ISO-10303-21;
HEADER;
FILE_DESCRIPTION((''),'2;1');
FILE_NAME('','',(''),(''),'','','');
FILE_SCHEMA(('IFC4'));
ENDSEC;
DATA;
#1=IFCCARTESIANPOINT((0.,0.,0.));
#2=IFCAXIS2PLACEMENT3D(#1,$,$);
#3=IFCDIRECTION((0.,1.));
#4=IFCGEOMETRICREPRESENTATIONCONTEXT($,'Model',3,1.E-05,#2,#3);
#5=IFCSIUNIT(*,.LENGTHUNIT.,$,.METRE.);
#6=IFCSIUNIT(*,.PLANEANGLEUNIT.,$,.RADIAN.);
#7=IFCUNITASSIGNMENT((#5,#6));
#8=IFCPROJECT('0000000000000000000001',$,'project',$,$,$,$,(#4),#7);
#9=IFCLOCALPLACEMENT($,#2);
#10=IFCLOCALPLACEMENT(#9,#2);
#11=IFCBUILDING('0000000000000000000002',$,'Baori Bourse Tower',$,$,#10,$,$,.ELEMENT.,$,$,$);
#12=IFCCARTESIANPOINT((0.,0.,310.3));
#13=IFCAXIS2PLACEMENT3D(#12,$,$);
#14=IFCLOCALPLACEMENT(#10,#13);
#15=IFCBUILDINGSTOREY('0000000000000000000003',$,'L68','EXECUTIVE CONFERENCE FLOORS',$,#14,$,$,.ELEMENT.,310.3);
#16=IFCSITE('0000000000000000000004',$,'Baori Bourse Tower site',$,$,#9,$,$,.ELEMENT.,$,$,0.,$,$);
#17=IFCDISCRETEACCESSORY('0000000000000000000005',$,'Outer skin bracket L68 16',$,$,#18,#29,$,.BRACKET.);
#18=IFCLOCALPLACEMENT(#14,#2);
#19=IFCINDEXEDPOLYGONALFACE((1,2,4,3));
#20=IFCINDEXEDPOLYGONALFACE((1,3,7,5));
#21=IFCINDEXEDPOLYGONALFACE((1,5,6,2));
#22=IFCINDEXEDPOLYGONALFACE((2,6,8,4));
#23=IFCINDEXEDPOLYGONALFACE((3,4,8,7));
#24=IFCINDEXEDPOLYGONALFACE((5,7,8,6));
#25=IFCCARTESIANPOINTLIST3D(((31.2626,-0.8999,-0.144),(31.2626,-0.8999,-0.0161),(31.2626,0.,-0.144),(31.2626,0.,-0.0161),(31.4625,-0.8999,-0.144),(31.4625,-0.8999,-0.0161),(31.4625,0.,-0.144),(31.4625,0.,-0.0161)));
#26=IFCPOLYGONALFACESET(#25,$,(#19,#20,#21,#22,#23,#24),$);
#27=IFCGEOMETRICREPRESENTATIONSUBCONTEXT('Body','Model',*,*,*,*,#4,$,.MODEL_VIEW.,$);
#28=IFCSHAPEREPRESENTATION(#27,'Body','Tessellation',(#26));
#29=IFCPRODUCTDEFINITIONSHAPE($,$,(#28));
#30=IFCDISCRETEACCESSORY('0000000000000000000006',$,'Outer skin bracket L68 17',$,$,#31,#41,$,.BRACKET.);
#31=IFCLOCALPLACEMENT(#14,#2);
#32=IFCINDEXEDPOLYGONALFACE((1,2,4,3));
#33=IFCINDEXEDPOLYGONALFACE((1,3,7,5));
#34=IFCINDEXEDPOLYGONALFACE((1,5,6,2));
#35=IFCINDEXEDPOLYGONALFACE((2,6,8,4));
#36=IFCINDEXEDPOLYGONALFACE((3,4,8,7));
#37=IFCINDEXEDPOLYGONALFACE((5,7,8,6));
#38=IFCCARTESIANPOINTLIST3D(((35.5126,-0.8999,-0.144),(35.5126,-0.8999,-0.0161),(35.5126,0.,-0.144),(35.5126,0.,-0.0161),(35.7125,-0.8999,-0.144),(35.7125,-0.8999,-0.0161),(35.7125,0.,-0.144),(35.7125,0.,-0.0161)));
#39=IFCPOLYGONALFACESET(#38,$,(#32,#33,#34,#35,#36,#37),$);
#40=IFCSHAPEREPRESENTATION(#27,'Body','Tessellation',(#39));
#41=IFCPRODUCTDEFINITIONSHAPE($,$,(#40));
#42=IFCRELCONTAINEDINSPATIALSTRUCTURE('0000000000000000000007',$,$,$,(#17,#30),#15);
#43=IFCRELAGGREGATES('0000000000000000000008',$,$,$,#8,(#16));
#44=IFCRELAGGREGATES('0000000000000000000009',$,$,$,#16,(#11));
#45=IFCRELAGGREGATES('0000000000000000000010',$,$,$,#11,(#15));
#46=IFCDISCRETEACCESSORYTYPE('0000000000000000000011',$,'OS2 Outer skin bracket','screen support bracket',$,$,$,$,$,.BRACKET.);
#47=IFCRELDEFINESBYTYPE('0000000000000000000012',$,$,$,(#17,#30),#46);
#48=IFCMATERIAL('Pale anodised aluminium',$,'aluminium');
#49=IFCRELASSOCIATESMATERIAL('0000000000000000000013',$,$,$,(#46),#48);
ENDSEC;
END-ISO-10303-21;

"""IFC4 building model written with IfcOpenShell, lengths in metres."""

from ifc_helpers import new_model, si_unit, direction, frame, origin, origin_2d, place, context, subcontext, project, spatial, rectangle, extrude, material, type_object, element, save


model = new_model("IFC4")

# Units and contexts
model_context = context("Model", 3, precision=1e-05, world=origin(), true_north=direction((0.0, 1.0)))
body_context = subcontext(model_context, "Body", "Model", "MODEL_VIEW")
ifc_project = project(units=[si_unit("LENGTHUNIT", "METRE"), si_unit("PLANEANGLEUNIT", "RADIAN")], contexts=[model_context])

# Site, building, storey
site_placement = place(None, origin())
site = spatial("IfcSite", under=ifc_project, at=site_placement, Name="Baori Bourse Tower site", CompositionType="ELEMENT", RefElevation=0.0)
building_placement = place(site_placement, origin())
building = spatial("IfcBuilding", under=site, at=building_placement, Name="Baori Bourse Tower", CompositionType="ELEMENT")
storey_placement = place(building_placement, frame((0.0, 0.0, 310.3)))
storey = spatial("IfcBuildingStorey", under=building, at=storey_placement, Name="L68", Description="EXECUTIVE CONFERENCE FLOORS", CompositionType="ELEMENT", Elevation=310.3)

# Discrete accessories
ifc_material_1 = material(Name="Pale anodised aluminium", Category="aluminium")
discrete_accessory_type = type_object("IfcDiscreteAccessoryType", Name="OS2 Outer skin bracket", Description="screen support bracket", PredefinedType="BRACKET", material=ifc_material_1)
for number, where, z_axis, x_axis, name in (
    (1, (31.3625, -0.45, -0.144), (0.0, 0.0, 1.0), (1.0, 0.0, 0.0), "Outer skin bracket L68 16"),
    (2, (35.6125, -0.45, -0.144), (0.0, 0.0, 1.0), (1.0, 0.0, 0.0), "Outer skin bracket L68 17"),
):
    element("IfcDiscreteAccessory", number, at=place(storey_placement, frame(where, z_axis=z_axis, x_axis=x_axis)), inside=storey, type_object=discrete_accessory_type, Name=name, PredefinedType="BRACKET", context=body_context, shape_type="SweptSolid", body=[
        extrude(rectangle(XDim=0.2, YDim=0.8999, at=origin_2d()), origin(), (0.0, 0.0, 1.0), 0.1279),
    ])

save(model, "model.ifc")
